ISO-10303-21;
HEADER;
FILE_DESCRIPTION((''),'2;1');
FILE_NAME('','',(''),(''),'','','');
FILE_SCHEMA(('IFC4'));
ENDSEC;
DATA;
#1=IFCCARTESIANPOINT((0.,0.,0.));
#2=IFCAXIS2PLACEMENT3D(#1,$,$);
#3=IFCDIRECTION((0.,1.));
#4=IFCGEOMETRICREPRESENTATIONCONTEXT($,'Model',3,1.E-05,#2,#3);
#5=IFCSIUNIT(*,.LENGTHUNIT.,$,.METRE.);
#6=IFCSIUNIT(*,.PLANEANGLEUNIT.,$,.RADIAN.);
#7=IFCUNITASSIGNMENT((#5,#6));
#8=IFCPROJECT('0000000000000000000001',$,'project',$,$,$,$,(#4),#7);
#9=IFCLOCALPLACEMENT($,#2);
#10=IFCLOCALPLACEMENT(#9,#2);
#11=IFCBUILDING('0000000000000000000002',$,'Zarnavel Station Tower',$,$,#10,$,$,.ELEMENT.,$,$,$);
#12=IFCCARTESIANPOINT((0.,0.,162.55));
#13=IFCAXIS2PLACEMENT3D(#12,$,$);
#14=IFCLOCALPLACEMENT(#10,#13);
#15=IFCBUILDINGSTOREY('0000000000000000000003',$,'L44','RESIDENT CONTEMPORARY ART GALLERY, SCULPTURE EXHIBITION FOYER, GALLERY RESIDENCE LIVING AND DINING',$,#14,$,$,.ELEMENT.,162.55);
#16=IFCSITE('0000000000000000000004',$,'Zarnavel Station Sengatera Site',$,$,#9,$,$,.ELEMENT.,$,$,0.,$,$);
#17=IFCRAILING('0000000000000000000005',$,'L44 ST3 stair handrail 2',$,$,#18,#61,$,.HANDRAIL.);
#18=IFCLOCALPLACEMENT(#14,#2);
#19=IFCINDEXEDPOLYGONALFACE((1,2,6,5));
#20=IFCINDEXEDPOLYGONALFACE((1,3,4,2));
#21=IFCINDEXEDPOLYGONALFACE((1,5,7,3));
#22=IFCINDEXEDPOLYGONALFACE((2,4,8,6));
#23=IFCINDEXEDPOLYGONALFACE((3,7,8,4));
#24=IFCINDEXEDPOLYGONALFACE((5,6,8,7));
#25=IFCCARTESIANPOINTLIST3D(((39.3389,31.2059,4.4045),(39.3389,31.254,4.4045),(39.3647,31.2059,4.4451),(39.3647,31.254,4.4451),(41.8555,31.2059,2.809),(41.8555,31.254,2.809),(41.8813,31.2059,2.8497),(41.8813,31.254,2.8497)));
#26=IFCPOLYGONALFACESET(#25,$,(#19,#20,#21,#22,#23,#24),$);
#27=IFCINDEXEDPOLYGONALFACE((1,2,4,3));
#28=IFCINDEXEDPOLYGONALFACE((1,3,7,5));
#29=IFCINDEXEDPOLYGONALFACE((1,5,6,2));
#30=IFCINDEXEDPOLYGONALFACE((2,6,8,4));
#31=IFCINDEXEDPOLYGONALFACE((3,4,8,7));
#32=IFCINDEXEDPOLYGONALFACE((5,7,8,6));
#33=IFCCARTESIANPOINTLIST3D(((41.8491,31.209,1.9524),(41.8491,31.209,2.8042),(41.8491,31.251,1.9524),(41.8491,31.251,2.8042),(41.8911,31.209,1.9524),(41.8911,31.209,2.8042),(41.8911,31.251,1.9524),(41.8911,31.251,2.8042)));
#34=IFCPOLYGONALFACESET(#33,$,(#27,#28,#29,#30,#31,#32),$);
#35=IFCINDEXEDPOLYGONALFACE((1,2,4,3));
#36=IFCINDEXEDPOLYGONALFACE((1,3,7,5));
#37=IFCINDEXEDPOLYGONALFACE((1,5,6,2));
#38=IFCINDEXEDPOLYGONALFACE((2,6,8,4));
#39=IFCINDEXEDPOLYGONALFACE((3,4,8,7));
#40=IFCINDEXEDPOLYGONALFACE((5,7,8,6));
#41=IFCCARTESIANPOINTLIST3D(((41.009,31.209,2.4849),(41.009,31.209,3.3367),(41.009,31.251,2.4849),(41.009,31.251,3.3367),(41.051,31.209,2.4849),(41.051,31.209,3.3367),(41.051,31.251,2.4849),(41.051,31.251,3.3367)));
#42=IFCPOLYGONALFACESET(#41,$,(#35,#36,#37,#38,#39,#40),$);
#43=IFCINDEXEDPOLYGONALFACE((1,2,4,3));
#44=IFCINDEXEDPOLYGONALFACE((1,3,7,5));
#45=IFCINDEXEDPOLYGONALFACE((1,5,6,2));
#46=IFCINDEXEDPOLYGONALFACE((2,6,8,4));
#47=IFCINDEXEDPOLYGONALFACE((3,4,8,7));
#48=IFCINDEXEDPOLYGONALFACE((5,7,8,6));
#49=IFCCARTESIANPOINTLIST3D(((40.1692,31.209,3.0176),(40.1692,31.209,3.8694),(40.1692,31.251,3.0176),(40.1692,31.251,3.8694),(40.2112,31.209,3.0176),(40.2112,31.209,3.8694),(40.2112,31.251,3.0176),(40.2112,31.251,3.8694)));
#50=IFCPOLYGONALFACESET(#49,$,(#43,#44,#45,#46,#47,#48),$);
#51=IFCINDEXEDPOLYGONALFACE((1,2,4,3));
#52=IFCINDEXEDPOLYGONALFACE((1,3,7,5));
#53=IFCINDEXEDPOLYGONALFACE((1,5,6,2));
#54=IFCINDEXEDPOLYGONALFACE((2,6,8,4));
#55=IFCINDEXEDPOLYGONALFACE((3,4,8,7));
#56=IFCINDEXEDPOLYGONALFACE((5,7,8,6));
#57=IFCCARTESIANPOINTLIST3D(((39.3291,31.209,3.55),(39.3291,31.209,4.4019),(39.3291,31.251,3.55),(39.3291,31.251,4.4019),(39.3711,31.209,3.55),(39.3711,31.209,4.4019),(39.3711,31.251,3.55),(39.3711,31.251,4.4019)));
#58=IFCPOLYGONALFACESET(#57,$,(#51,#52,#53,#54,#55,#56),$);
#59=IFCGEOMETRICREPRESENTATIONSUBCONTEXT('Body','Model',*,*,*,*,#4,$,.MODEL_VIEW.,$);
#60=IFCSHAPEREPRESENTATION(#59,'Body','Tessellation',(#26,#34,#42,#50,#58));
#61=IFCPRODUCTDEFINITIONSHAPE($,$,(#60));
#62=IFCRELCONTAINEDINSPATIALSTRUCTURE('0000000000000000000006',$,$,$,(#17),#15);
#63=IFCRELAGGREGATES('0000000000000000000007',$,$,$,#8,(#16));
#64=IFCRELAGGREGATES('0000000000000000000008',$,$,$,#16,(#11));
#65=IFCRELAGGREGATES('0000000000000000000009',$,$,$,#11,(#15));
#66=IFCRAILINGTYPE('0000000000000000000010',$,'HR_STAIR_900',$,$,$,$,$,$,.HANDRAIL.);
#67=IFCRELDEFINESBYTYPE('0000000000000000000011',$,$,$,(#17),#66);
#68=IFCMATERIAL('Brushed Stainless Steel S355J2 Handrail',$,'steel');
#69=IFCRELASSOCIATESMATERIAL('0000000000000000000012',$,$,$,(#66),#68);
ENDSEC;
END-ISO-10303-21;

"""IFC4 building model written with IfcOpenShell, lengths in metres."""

from ifc_helpers import new_model, si_unit, direction, frame, origin, origin_2d, place, context, subcontext, project, spatial, rectangle, extrude, material, type_object, element, save


model = new_model("IFC4")

# Units and contexts
model_context = context("Model", 3, precision=1e-05, world=origin(), true_north=direction((0.0, 1.0)))
body_context = subcontext(model_context, "Body", "Model", "MODEL_VIEW")
ifc_project = project(units=[si_unit("LENGTHUNIT", "METRE"), si_unit("PLANEANGLEUNIT", "RADIAN")], contexts=[model_context])

# Site, building, storey
site_placement = place(None, origin())
site = spatial("IfcSite", under=ifc_project, at=site_placement, Name="Zarnavel Station Sengatera Site", CompositionType="ELEMENT", RefElevation=0.0)
building_placement = place(site_placement, origin())
building = spatial("IfcBuilding", under=site, at=building_placement, Name="Zarnavel Station Tower", CompositionType="ELEMENT")
storey_placement = place(building_placement, frame((0.0, 0.0, 162.55)))
storey = spatial("IfcBuildingStorey", under=building, at=storey_placement, Name="L44", Description="RESIDENT CONTEMPORARY ART GALLERY, SCULPTURE EXHIBITION FOYER, GALLERY RESIDENCE LIVING AND DINING", CompositionType="ELEMENT", Elevation=162.55)

# Railing
ifc_material_1 = material(Name="Brushed Stainless Steel S355J2 Handrail", Category="steel")
railing_type_1 = type_object("IfcRailingType", Name="HR_STAIR_900", PredefinedType="HANDRAIL", material=ifc_material_1)
railing_1_placement = place(storey_placement, frame((41.8701, 31.23, 1.9524)))
element("IfcRailing", 1, at=railing_1_placement, inside=storey, type_object=railing_type_1, Name="L44 ST3 stair handrail 2", PredefinedType="HANDRAIL", context=body_context, shape_type="SweptSolid", body=[
    extrude(rectangle(XDim=0.0481, YDim=0.0481, at=origin_2d()), frame((-0.0017, 0.0, 0.877), z_axis=(-0.84457, 0.0, 0.535445), x_axis=(0.0, -1.0, 0.0)), (0.0, 0.0, 1.0), 2.9797),
    extrude(rectangle(XDim=0.042, YDim=0.042, at=origin_2d()), origin(), (0.0, 0.0, 1.0), 0.8518),
    extrude(rectangle(XDim=0.042, YDim=0.042, at=origin_2d()), frame((-0.8401, 0.0, 0.5325)), (0.0, 0.0, 1.0), 0.8518),
    extrude(rectangle(XDim=0.042, YDim=0.042, at=origin_2d()), frame((-1.6799, 0.0, 1.0652)), (0.0, 0.0, 1.0), 0.8518),
    extrude(rectangle(XDim=0.042, YDim=0.042, at=origin_2d()), frame((-2.52, 0.0, 1.5977)), (0.0, 0.0, 1.0), 0.8518),
])

save(model, "model.ifc")
